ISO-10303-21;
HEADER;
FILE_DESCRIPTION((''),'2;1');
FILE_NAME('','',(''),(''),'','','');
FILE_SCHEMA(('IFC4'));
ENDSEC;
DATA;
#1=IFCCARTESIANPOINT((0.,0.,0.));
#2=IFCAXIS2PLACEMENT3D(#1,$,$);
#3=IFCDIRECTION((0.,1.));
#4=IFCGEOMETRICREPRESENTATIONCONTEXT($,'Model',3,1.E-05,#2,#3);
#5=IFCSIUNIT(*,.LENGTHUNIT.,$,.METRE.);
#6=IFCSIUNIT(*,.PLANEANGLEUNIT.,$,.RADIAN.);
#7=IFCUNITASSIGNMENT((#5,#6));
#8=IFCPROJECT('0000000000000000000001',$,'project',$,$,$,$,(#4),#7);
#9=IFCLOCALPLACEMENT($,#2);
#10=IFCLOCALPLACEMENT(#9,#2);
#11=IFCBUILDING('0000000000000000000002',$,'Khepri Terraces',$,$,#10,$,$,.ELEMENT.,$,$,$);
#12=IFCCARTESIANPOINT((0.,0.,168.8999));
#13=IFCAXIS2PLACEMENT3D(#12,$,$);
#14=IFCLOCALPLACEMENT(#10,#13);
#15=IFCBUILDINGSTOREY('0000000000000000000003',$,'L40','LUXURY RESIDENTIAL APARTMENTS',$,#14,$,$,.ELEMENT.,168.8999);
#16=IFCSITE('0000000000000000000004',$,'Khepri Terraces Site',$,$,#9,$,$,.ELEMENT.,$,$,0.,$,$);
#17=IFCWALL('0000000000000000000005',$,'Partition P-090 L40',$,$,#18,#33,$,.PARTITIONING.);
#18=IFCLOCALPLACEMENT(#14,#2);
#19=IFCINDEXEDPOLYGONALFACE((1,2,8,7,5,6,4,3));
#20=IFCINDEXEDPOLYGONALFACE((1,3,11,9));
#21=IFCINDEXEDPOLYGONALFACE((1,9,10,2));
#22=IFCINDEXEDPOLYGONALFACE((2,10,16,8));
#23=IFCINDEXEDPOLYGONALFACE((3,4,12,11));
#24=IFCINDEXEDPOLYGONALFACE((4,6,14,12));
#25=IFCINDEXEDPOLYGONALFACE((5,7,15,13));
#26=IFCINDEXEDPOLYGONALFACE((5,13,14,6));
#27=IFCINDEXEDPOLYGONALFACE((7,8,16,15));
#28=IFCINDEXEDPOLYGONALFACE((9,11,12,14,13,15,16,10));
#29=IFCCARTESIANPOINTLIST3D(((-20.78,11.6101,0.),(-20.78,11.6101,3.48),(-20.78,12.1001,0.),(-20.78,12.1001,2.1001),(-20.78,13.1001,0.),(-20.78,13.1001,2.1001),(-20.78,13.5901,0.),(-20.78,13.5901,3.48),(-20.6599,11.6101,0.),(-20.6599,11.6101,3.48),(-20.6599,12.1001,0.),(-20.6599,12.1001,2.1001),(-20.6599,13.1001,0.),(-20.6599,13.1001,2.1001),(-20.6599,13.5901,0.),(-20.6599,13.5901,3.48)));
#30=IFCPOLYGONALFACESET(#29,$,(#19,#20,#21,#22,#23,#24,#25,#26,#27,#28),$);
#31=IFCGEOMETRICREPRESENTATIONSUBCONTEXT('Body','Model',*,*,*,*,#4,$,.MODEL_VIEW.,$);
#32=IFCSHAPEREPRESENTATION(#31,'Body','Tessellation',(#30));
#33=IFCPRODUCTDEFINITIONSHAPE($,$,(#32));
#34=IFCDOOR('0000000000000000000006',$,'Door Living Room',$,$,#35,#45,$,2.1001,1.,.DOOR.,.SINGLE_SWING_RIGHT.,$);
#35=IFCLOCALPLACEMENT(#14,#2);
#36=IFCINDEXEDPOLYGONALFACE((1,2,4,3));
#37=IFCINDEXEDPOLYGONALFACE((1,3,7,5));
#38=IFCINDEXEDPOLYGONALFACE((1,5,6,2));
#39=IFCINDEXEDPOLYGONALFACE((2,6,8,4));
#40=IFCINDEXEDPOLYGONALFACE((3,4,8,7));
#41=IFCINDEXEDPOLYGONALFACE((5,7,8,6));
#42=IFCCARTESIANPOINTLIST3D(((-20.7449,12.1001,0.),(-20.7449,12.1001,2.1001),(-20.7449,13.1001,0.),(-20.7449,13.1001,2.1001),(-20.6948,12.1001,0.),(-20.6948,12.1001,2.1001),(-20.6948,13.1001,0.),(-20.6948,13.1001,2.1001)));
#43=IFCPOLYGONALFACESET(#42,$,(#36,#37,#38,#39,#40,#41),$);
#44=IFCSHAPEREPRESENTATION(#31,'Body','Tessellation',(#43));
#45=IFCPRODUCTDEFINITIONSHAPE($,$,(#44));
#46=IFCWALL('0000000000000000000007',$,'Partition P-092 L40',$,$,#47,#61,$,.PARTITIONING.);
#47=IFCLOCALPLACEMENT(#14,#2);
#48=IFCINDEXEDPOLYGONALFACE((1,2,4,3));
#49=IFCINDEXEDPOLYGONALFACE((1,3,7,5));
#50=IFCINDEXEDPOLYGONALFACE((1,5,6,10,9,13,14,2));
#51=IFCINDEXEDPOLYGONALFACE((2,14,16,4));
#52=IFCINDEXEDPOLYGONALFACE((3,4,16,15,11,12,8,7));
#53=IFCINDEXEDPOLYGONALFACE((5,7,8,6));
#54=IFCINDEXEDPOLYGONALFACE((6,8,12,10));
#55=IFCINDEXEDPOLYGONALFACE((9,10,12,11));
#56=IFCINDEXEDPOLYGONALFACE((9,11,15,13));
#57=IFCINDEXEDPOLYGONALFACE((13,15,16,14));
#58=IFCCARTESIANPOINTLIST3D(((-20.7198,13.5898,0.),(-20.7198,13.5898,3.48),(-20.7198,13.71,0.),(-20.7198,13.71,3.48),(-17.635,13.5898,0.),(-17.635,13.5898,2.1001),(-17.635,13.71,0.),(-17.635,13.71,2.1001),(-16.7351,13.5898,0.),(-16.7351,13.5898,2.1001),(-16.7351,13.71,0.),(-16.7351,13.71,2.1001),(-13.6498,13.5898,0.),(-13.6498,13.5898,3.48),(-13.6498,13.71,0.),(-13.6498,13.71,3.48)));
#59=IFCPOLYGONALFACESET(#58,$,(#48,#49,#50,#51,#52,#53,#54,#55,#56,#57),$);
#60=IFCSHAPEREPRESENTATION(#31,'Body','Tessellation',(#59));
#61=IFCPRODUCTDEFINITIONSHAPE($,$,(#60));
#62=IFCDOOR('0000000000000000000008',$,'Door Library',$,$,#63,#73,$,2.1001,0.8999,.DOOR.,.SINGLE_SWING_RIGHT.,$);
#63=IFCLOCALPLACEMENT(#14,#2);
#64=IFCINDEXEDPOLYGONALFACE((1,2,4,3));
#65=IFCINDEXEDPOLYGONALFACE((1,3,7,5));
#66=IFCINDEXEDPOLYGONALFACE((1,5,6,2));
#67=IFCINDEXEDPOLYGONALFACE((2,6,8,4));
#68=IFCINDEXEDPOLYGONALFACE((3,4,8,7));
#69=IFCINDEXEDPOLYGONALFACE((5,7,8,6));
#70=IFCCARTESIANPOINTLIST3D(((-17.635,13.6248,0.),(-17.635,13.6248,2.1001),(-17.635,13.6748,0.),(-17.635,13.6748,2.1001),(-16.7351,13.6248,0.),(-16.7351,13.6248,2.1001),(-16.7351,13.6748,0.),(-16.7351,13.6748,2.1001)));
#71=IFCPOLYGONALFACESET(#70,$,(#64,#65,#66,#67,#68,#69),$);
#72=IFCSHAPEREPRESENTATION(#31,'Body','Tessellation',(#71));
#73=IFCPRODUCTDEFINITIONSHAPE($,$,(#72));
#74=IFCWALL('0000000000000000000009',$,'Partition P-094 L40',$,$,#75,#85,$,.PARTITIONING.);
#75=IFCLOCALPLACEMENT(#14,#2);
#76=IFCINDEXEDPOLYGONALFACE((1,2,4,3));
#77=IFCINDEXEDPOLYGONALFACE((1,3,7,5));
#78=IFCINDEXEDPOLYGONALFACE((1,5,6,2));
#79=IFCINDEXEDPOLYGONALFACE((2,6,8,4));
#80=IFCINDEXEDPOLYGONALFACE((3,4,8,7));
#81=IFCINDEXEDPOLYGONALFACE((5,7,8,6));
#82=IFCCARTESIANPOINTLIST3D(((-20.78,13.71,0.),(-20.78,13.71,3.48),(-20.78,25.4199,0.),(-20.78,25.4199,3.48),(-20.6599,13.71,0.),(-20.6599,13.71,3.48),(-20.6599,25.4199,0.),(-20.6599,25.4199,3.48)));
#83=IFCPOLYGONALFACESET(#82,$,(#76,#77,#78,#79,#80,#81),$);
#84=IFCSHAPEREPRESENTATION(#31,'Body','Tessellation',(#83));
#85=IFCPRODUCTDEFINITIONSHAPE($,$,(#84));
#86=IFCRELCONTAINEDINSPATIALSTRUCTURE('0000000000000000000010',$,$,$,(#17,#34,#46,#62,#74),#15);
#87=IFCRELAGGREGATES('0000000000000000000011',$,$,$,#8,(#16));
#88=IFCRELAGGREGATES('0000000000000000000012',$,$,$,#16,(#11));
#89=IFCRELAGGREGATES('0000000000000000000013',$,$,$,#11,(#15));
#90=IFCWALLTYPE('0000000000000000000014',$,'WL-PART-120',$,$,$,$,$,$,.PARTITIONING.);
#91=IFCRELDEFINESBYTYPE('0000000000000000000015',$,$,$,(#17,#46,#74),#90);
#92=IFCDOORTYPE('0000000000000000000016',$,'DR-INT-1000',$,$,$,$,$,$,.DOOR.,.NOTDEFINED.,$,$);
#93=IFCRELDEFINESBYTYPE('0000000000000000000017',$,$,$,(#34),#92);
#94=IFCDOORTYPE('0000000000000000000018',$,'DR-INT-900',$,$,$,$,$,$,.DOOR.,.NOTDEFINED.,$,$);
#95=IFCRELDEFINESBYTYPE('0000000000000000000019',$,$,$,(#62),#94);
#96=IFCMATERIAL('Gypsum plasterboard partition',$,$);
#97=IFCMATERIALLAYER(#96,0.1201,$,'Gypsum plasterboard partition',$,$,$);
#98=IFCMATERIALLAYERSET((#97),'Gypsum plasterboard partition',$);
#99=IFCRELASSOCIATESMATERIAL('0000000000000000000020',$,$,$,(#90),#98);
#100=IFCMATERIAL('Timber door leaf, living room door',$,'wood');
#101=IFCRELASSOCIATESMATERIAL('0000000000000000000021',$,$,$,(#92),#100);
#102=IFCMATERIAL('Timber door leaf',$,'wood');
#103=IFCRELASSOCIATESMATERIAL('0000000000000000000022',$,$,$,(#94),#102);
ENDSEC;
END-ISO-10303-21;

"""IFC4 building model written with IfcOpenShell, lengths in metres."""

from ifc_helpers import new_model, si_unit, direction, frame, frame_2d, origin, place, context, subcontext, project, spatial, rectangle, extrude, material, layer, layer_set, type_object, element, fill, save


model = new_model("IFC4")

# Units and contexts
model_context = context("Model", 3, precision=1e-05, world=origin(), true_north=direction((0.0, 1.0)))
body_context = subcontext(model_context, "Body", "Model", "MODEL_VIEW")
ifc_project = project(units=[si_unit("LENGTHUNIT", "METRE"), si_unit("PLANEANGLEUNIT", "RADIAN")], contexts=[model_context])

# Site, building, storey
site_placement = place(None, origin())
site = spatial("IfcSite", under=ifc_project, at=site_placement, Name="Khepri Terraces Site", CompositionType="ELEMENT", RefElevation=0.0)
building_placement = place(site_placement, origin())
building = spatial("IfcBuilding", under=site, at=building_placement, Name="Khepri Terraces", CompositionType="ELEMENT")
storey_placement = place(building_placement, frame((0.0, 0.0, 168.8999)))
storey = spatial("IfcBuildingStorey", under=building, at=storey_placement, Name="L40", Description="LUXURY RESIDENTIAL APARTMENTS", CompositionType="ELEMENT", Elevation=168.8999)

# Shared definitions
ifc_material_1 = material(Name="Gypsum plasterboard partition")
ifc_layer_1 = layer(ifc_material_1, 0.1201, Name="Gypsum plasterboard partition")
ifc_layer_set_1 = layer_set([ifc_layer_1], Name="Gypsum plasterboard partition")
wall_type_1 = type_object("IfcWallType", Name="WL-PART-120", PredefinedType="PARTITIONING", material=ifc_layer_set_1)

# Walls, openings, doors
wall_1_placement = place(storey_placement, frame((-20.72, 11.6101, 0.0), z_axis=(0.0, 0.0, 1.0), x_axis=(0.0, 1.0, 0.0)))
wall_1 = element("IfcWall", 1, at=wall_1_placement, inside=storey, type_object=wall_type_1, Name="Partition P-090 L40", PredefinedType="PARTITIONING", context=body_context, shape_type="SweptSolid", body=[
    extrude(rectangle(XDim=1.98, YDim=0.1201, at=frame_2d((0.99, 0.0))), origin(), (0.0, 0.0, 1.0), 3.48),
])
opening_1_placement = place(wall_1_placement, frame((0.49, 0.0, 0.0)))
opening_1 = element("IfcOpeningElement", 2, at=opening_1_placement, cuts=wall_1, PredefinedType="OPENING", context=body_context, shape_type="SweptSolid", body=[
    extrude(rectangle(XDim=1.0, YDim=2.1001, at=frame_2d((0.5, 1.05))), frame((0.0, 0.0701, 0.0), z_axis=(0.0, -1.0, 0.0), x_axis=(1.0, 0.0, 0.0)), (0.0, 0.0, 1.0), 0.1401),
])
ifc_material_2 = material(Name="Timber door leaf, living room door", Category="wood")
door_type_1 = type_object("IfcDoorType", Name="DR-INT-1000", OperationType="NOTDEFINED", PredefinedType="DOOR", material=ifc_material_2)
door_1_placement = place(opening_1_placement, origin())
door_1 = element("IfcDoor", 3, at=door_1_placement, inside=storey, type_object=door_type_1, Name="Door Living Room", OperationType="SINGLE_SWING_RIGHT", OverallHeight=2.1001, OverallWidth=1.0, PredefinedType="DOOR", context=body_context, shape_type="SweptSolid", body=[
    extrude(rectangle(XDim=1.0, YDim=2.1001, at=frame_2d((0.5, 1.05))), frame((0.0, 0.0249, 0.0), z_axis=(0.0, -1.0, 0.0), x_axis=(1.0, 0.0, 0.0)), (0.0, 0.0, 1.0), 0.05),
])
fill(opening_1, door_1)
wall_2_placement = place(storey_placement, frame((-20.72, 13.6499, 0.0), z_axis=(0.0, 0.0, 1.0), x_axis=(1.0, 0.0, 0.0)))
wall_2 = element("IfcWall", 4, at=wall_2_placement, inside=storey, type_object=wall_type_1, Name="Partition P-092 L40", PredefinedType="PARTITIONING", context=body_context, shape_type="SweptSolid", body=[
    extrude(rectangle(XDim=7.0701, YDim=0.1201, at=frame_2d((3.5352, 0.0))), origin(), (0.0, 0.0, 1.0), 3.48),
])
opening_2_placement = place(wall_2_placement, frame((3.085, 0.0, 0.0)))
opening_2 = element("IfcOpeningElement", 5, at=opening_2_placement, cuts=wall_2, PredefinedType="OPENING", context=body_context, shape_type="SweptSolid", body=[
    extrude(rectangle(XDim=0.8999, YDim=2.1001, at=frame_2d((0.45, 1.05))), frame((0.0, 0.0701, 0.0), z_axis=(0.0, -1.0, 0.0), x_axis=(1.0, 0.0, 0.0)), (0.0, 0.0, 1.0), 0.1401),
])
ifc_material_3 = material(Name="Timber door leaf", Category="wood")
door_type_2 = type_object("IfcDoorType", Name="DR-INT-900", OperationType="NOTDEFINED", PredefinedType="DOOR", material=ifc_material_3)
door_2_placement = place(opening_2_placement, origin())
door_2 = element("IfcDoor", 6, at=door_2_placement, inside=storey, type_object=door_type_2, Name="Door Library", OperationType="SINGLE_SWING_RIGHT", OverallHeight=2.1001, OverallWidth=0.8999, PredefinedType="DOOR", context=body_context, shape_type="SweptSolid", body=[
    extrude(rectangle(XDim=0.8999, YDim=2.1001, at=frame_2d((0.45, 1.05))), frame((0.0, 0.0249, 0.0), z_axis=(0.0, -1.0, 0.0), x_axis=(1.0, 0.0, 0.0)), (0.0, 0.0, 1.0), 0.05),
])
fill(opening_2, door_2)

# Wall
wall_3_placement = place(storey_placement, frame((-20.72, 13.71, 0.0), z_axis=(0.0, 0.0, 1.0), x_axis=(0.0, 1.0, 0.0)))
element("IfcWall", 7, at=wall_3_placement, inside=storey, type_object=wall_type_1, Name="Partition P-094 L40", PredefinedType="PARTITIONING", context=body_context, shape_type="SweptSolid", body=[
    extrude(rectangle(XDim=11.71, YDim=0.1201, at=frame_2d((5.855, 0.0))), origin(), (0.0, 0.0, 1.0), 3.48),
])

save(model, "model.ifc")
